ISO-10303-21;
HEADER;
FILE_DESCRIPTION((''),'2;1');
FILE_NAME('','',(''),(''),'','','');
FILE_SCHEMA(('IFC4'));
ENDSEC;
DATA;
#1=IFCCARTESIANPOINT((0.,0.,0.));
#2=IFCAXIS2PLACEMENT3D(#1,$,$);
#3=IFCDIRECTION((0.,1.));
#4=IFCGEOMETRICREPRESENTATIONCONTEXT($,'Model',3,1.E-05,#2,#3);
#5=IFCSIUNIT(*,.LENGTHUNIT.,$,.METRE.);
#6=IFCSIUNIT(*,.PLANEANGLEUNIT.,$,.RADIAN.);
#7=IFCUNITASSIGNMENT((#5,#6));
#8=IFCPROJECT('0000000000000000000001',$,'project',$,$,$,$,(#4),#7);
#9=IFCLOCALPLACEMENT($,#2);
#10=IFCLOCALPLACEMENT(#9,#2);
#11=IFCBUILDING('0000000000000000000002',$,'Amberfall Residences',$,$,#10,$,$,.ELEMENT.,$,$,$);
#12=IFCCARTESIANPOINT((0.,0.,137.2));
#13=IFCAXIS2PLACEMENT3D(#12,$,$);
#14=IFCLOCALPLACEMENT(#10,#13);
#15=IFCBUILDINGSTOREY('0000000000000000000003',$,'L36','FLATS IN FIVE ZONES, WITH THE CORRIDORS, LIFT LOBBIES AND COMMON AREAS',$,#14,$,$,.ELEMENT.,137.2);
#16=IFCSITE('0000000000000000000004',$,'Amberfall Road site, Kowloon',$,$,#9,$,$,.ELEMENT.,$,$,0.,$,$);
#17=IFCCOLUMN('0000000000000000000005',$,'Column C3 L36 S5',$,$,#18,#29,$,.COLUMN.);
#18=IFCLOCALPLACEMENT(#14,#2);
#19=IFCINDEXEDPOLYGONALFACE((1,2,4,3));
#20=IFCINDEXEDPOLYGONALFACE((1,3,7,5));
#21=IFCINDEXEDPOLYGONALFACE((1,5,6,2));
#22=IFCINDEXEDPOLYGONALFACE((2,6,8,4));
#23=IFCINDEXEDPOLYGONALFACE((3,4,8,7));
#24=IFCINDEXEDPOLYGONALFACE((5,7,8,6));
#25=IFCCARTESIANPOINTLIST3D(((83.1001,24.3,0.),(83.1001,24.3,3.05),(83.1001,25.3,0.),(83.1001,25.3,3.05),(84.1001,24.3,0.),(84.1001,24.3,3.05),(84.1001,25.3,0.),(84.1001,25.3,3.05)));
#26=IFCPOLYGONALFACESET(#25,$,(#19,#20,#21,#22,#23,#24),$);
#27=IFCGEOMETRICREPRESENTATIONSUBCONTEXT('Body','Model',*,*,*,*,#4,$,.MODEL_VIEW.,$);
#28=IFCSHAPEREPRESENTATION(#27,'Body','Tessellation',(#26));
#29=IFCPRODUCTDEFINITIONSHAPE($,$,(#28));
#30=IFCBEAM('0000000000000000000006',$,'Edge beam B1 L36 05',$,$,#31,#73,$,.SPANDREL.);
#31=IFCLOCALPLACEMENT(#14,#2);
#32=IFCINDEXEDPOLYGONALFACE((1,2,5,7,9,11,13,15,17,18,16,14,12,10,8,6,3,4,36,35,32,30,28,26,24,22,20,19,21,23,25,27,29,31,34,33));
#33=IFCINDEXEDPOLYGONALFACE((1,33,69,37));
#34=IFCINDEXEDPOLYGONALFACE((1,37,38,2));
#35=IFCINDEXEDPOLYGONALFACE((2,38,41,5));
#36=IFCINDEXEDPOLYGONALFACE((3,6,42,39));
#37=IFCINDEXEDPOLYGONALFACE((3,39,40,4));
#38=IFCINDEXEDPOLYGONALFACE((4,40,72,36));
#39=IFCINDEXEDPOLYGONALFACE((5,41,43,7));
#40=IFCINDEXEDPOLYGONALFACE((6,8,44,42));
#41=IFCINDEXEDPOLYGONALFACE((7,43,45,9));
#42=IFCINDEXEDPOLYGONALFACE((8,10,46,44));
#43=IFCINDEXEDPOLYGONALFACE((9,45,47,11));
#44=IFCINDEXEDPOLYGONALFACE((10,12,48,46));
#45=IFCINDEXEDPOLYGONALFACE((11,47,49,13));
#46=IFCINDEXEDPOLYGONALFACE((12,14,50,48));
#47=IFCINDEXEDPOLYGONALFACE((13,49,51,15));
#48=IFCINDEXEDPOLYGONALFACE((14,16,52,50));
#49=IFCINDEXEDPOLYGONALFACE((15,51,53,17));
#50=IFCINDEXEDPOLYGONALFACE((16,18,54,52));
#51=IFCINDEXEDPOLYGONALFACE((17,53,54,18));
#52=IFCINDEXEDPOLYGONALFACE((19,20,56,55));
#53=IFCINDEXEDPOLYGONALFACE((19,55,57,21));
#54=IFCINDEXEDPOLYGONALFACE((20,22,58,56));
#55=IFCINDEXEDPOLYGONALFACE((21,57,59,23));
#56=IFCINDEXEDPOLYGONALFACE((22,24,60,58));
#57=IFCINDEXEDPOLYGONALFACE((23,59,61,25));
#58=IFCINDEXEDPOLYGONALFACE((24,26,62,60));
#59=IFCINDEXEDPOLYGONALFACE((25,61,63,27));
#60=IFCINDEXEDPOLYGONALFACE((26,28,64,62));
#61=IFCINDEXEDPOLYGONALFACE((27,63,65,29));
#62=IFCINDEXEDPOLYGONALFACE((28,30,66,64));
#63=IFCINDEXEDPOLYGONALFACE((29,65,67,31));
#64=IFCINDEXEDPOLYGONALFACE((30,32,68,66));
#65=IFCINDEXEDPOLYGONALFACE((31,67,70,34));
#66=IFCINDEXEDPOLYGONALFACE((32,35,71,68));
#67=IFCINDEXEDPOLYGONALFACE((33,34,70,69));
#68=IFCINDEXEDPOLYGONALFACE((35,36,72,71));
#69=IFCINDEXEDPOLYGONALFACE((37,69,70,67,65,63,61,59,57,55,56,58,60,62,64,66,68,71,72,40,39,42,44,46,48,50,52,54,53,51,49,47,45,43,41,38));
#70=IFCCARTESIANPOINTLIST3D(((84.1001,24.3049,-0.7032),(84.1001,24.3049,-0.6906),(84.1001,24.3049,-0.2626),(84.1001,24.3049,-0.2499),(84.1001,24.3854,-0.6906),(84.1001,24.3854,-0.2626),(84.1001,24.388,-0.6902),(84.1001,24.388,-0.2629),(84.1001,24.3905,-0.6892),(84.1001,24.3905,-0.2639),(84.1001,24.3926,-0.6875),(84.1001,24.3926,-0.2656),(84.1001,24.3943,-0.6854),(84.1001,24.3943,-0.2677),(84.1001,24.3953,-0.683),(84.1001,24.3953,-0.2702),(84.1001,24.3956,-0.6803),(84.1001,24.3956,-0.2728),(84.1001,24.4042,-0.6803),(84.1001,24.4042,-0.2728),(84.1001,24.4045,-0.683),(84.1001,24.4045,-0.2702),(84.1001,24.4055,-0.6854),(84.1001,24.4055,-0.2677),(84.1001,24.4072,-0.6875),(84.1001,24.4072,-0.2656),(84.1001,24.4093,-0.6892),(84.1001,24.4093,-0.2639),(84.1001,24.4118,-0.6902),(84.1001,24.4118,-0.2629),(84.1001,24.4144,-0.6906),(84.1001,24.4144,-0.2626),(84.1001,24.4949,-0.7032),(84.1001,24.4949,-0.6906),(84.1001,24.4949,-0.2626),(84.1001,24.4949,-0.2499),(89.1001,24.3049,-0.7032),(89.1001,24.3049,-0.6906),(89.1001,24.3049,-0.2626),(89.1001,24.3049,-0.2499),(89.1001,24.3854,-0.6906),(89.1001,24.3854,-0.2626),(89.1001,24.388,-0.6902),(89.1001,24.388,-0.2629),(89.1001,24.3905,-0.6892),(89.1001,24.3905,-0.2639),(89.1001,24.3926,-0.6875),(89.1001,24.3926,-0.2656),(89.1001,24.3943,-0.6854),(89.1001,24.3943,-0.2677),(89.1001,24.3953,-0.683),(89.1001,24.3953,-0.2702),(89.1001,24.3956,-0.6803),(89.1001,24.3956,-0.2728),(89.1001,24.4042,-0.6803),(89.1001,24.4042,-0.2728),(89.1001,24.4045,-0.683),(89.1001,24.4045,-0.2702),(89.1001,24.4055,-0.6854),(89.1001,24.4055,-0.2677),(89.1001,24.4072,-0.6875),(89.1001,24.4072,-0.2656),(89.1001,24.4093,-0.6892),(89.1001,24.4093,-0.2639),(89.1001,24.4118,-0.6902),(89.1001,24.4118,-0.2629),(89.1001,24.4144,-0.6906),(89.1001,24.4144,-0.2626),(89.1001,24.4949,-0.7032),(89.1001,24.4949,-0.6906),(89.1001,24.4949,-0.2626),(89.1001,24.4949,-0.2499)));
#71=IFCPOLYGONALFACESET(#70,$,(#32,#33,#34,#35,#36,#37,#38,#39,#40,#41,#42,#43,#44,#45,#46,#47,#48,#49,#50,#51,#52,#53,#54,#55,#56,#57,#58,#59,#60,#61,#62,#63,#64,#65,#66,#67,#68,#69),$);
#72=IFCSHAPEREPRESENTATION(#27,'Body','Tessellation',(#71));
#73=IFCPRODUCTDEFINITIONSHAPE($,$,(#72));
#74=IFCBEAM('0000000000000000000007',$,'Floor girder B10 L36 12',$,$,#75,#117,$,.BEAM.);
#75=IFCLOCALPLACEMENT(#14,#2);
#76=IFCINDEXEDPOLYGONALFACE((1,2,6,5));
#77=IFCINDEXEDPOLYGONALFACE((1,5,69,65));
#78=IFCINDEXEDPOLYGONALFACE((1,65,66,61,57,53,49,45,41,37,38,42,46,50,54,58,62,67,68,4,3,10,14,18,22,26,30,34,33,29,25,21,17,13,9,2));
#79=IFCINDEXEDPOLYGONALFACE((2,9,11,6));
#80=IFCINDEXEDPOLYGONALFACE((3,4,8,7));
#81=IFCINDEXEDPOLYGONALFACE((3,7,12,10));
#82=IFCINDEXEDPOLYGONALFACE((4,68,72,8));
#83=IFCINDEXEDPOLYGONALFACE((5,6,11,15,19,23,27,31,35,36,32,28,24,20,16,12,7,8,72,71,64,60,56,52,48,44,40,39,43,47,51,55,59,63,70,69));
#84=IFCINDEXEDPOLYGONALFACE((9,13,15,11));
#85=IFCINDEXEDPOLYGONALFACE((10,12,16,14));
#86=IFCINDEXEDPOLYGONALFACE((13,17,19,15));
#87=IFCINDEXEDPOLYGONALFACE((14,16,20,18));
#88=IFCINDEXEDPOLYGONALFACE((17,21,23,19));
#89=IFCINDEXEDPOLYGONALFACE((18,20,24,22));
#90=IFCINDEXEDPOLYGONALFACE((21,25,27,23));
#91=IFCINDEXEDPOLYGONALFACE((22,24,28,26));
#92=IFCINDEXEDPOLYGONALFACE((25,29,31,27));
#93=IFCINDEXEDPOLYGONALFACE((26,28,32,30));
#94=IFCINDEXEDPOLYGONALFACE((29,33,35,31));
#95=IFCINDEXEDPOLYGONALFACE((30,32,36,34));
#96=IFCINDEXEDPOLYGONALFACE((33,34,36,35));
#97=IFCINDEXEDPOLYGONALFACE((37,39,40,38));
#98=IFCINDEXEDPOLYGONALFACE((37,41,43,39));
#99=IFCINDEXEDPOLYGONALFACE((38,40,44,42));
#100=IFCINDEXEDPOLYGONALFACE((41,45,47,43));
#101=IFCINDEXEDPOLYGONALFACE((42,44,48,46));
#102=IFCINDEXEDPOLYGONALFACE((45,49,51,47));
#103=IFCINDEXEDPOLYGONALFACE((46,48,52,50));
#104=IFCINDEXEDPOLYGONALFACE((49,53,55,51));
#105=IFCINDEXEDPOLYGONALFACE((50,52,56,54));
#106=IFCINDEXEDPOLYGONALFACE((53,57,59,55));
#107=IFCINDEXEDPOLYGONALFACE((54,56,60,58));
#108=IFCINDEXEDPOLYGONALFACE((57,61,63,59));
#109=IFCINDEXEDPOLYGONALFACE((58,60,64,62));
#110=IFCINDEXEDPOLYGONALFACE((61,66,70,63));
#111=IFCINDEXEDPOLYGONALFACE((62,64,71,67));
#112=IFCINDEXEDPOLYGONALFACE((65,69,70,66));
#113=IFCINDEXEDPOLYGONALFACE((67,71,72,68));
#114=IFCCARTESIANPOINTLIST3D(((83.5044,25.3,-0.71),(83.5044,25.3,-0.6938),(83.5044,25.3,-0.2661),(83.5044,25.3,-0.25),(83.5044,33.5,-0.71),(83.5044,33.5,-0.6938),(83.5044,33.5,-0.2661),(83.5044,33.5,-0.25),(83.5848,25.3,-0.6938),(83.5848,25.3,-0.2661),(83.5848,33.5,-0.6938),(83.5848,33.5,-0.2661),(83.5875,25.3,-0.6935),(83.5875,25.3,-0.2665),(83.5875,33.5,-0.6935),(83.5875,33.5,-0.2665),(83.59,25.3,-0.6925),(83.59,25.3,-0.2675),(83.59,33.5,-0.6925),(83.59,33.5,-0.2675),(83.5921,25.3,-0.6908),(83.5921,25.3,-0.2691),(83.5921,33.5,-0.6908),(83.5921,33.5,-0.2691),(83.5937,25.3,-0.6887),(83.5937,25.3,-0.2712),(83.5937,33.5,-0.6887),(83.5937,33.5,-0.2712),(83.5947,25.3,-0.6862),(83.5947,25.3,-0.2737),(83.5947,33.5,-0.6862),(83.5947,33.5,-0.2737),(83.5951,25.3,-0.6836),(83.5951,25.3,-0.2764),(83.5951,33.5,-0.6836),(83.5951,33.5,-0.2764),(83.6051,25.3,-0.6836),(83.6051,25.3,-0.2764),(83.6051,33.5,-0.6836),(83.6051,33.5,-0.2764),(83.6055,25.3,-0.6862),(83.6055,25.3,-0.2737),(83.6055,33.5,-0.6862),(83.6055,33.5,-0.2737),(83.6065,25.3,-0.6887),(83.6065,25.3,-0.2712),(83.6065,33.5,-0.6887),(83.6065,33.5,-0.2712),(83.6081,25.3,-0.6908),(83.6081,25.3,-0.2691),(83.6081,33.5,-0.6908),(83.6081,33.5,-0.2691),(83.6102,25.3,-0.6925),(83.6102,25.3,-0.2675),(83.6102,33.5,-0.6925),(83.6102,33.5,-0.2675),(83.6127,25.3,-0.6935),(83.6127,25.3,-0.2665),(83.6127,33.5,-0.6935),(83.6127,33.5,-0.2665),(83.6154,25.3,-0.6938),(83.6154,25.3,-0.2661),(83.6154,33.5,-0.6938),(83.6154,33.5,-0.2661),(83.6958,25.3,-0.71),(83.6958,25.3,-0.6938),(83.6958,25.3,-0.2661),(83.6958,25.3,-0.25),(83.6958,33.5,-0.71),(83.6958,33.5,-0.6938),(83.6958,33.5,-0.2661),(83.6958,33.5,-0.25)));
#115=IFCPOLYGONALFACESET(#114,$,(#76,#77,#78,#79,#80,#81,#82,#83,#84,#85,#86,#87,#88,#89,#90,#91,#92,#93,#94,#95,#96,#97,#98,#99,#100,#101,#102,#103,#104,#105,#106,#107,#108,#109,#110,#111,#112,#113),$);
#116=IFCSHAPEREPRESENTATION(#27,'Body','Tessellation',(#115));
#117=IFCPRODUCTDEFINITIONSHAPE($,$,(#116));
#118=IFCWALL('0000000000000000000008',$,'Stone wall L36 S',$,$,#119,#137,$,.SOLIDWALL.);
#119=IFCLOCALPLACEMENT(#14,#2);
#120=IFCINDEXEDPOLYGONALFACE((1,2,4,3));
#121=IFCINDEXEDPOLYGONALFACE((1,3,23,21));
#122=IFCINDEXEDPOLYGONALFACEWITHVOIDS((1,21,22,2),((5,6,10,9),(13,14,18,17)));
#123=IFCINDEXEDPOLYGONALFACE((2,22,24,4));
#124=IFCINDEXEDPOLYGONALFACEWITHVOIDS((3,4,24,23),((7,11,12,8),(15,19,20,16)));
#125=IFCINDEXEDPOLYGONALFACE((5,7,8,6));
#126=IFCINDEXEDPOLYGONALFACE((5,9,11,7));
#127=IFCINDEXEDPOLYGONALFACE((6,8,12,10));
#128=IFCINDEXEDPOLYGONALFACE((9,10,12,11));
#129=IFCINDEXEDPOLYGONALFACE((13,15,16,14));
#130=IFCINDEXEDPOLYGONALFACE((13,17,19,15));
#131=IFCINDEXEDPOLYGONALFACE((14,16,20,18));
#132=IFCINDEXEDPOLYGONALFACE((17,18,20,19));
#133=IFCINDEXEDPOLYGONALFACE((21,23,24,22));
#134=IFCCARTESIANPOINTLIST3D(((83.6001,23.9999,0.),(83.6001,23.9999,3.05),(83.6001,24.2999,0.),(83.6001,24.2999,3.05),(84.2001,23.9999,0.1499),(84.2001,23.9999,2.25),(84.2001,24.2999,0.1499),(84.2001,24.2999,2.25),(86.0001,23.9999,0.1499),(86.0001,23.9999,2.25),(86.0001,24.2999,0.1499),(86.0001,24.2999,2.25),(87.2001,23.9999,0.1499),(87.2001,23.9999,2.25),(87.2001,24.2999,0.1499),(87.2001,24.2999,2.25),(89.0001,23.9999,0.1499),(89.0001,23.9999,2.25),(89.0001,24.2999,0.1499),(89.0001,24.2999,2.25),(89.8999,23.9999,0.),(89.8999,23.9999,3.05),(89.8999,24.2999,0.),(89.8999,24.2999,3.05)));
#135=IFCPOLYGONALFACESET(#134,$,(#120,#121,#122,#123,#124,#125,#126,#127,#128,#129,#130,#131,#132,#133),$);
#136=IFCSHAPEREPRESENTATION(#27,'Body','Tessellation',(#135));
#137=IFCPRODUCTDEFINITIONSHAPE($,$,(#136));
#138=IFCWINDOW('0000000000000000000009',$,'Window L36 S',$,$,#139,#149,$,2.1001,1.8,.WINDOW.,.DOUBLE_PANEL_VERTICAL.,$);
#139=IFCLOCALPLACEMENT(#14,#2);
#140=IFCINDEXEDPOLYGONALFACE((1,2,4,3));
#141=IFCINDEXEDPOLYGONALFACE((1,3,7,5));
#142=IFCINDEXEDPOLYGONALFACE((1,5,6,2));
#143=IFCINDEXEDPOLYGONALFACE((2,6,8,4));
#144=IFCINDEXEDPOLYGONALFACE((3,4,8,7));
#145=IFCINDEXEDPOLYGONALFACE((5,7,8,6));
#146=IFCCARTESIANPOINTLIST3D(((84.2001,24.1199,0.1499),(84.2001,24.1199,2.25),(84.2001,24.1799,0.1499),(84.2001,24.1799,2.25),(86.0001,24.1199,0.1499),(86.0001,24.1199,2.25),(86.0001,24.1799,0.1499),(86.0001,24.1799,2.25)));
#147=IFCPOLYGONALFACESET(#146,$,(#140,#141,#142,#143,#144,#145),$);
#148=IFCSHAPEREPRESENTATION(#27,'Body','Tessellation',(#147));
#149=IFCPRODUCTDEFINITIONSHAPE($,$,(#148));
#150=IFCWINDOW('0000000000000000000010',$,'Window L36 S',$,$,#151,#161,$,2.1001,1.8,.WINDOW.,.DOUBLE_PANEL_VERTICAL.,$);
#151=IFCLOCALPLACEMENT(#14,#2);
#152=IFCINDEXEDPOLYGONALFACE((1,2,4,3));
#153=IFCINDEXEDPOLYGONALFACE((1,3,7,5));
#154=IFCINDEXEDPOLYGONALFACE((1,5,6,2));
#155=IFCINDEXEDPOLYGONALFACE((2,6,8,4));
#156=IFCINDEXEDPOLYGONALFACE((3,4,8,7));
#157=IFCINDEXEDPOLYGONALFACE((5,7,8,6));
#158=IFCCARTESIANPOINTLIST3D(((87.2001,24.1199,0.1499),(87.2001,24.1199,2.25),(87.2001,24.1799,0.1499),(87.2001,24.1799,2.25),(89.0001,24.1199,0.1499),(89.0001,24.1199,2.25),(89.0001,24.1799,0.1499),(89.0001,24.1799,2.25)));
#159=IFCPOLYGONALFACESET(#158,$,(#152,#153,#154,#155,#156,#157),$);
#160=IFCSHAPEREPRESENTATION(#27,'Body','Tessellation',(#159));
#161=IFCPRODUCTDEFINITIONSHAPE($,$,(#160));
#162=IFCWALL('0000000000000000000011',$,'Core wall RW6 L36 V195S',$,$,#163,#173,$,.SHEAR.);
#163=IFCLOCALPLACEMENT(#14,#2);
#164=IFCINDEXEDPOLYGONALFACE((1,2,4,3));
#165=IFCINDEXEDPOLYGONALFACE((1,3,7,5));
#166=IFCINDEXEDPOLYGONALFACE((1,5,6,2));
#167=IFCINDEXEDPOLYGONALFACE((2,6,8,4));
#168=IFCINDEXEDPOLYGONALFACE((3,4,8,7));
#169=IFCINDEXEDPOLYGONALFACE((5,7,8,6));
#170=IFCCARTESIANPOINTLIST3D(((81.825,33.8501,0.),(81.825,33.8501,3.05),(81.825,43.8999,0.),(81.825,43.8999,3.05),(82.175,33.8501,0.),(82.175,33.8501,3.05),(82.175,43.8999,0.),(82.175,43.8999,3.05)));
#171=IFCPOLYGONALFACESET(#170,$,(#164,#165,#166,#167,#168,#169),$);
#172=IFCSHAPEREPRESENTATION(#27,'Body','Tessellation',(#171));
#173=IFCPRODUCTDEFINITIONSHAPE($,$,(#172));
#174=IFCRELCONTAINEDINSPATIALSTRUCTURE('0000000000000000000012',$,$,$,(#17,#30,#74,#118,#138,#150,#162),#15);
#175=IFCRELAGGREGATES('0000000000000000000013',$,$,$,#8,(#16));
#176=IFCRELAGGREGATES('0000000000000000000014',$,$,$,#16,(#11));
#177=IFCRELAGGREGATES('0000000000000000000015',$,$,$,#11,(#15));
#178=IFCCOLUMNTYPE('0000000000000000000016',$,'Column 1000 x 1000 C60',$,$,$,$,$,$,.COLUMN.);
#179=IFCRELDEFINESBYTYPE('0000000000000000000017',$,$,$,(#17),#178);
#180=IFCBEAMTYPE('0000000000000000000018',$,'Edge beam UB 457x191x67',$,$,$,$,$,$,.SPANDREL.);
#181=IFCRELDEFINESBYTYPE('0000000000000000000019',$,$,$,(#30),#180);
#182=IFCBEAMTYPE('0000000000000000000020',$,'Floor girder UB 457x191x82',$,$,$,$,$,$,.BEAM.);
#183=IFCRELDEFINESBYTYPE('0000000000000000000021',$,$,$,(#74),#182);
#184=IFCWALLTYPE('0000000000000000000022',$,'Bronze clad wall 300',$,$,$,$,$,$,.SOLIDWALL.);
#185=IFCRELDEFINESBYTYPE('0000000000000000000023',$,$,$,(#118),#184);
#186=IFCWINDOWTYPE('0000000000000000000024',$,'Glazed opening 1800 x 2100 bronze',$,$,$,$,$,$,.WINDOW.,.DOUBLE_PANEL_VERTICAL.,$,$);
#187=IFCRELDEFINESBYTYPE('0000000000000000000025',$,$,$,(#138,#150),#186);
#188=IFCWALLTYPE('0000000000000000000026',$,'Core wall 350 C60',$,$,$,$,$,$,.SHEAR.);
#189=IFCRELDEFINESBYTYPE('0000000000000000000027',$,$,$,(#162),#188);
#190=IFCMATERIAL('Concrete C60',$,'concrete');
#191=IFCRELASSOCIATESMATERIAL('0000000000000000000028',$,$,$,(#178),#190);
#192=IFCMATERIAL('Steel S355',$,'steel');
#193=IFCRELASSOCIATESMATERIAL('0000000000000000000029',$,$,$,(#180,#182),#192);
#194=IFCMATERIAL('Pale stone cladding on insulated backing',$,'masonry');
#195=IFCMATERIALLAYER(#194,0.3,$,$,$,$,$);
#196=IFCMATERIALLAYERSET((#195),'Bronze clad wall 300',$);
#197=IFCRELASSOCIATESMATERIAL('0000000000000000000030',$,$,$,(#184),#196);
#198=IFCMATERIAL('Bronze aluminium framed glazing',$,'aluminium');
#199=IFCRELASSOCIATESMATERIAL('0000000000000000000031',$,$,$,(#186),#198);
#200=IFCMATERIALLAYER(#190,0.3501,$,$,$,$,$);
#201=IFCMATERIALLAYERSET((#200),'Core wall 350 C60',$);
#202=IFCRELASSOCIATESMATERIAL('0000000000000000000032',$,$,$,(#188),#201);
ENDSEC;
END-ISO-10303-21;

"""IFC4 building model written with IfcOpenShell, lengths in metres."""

from ifc_helpers import new_model, si_unit, direction, frame, frame_2d, origin, origin_2d, place, context, subcontext, project, spatial, rectangle, i_section, extrude, material, layer, layer_set, material_profile, profile_set, type_object, element, fill, save


model = new_model("IFC4")

# Units and contexts
model_context = context("Model", 3, precision=1e-05, world=origin(), true_north=direction((0.0, 1.0)))
body_context = subcontext(model_context, "Body", "Model", "MODEL_VIEW")
ifc_project = project(units=[si_unit("LENGTHUNIT", "METRE"), si_unit("PLANEANGLEUNIT", "RADIAN")], contexts=[model_context])

# Site, building, storey
site_placement = place(None, origin())
site = spatial("IfcSite", under=ifc_project, at=site_placement, Name="Amberfall Road site, Kowloon", CompositionType="ELEMENT", RefElevation=0.0)
building_placement = place(site_placement, origin())
building = spatial("IfcBuilding", under=site, at=building_placement, Name="Amberfall Residences", CompositionType="ELEMENT")
storey_placement = place(building_placement, frame((0.0, 0.0, 137.2)))
storey = spatial("IfcBuildingStorey", under=building, at=storey_placement, Name="L36", Description="FLATS IN FIVE ZONES, WITH THE CORRIDORS, LIFT LOBBIES AND COMMON AREAS", CompositionType="ELEMENT", Elevation=137.2)

# Column
ifc_material_1 = material(Name="Concrete C60", Category="concrete")
ifc_material_profile_1 = material_profile(ifc_material_1, rectangle(XDim=1.0, YDim=1.0, at=origin_2d()), Name="Column 1000 x 1000 C60")
ifc_profile_set_1 = profile_set([ifc_material_profile_1], Name="Concrete C60")
column_type = type_object("IfcColumnType", Name="Column 1000 x 1000 C60", PredefinedType="COLUMN", material=ifc_profile_set_1)
column_placement = place(storey_placement, frame((83.6001, 24.8, 0.0), z_axis=(0.0, 0.0, 1.0), x_axis=(1.0, 0.0, 0.0)))
element("IfcColumn", 1, at=column_placement, inside=storey, type_object=column_type, Name="Column C3 L36 S5", PredefinedType="COLUMN", context=body_context, shape_type="SweptSolid", body=[
    extrude(rectangle(XDim=1.0, YDim=1.0, at=origin_2d()), origin(), (0.0, 0.0, 1.0), 3.05),
])

# Beams
ifc_material_2 = material(Name="Steel S355", Category="steel")
ifc_material_profile_2 = material_profile(ifc_material_2, i_section(OverallWidth=0.1899, OverallDepth=0.4534, WebThickness=0.0085, FlangeThickness=0.0127, FilletRadius=0.0103, at=origin_2d()), Name="UB 457x191x67")
ifc_profile_set_2 = profile_set([ifc_material_profile_2], Name="Steel S355")
beam_type_1 = type_object("IfcBeamType", Name="Edge beam UB 457x191x67", PredefinedType="SPANDREL", material=ifc_profile_set_2)
beam_1_placement = place(storey_placement, frame((84.1001, 24.3999, -0.4766), z_axis=(1.0, 0.0, 0.0), x_axis=(0.0, 1.0, 0.0)))
element("IfcBeam", 2, at=beam_1_placement, inside=storey, type_object=beam_type_1, Name="Edge beam B1 L36 05", PredefinedType="SPANDREL", context=body_context, shape_type="SweptSolid", body=[
    extrude(i_section(OverallWidth=0.1899, OverallDepth=0.4534, WebThickness=0.0085, FlangeThickness=0.0127, FilletRadius=0.0103, at=origin_2d()), origin(), (0.0, 0.0, 1.0), 5.0),
])
ifc_material_profile_3 = material_profile(ifc_material_2, i_section(OverallWidth=0.1914, OverallDepth=0.46, WebThickness=0.01, FlangeThickness=0.0161, FilletRadius=0.0103, at=origin_2d()), Name="UB 457x191x82")
ifc_profile_set_3 = profile_set([ifc_material_profile_3], Name="Steel S355")
beam_type_2 = type_object("IfcBeamType", Name="Floor girder UB 457x191x82", PredefinedType="BEAM", material=ifc_profile_set_3)
beam_2_placement = place(storey_placement, frame((83.6001, 25.3, -0.48), z_axis=(0.0, 1.0, 0.0), x_axis=(-1.0, 0.0, 0.0)))
element("IfcBeam", 3, at=beam_2_placement, inside=storey, type_object=beam_type_2, Name="Floor girder B10 L36 12", PredefinedType="BEAM", context=body_context, shape_type="SweptSolid", body=[
    extrude(i_section(OverallWidth=0.1914, OverallDepth=0.46, WebThickness=0.01, FlangeThickness=0.0161, FilletRadius=0.0103, at=origin_2d()), origin(), (0.0, 0.0, 1.0), 8.2),
])

# Wall, openings, windows
ifc_material_3 = material(Name="Pale stone cladding on insulated backing", Category="masonry")
ifc_layer_1 = layer(ifc_material_3, 0.3)
ifc_layer_set_1 = layer_set([ifc_layer_1], Name="Bronze clad wall 300")
wall_type_1 = type_object("IfcWallType", Name="Bronze clad wall 300", PredefinedType="SOLIDWALL", material=ifc_layer_set_1)
wall_1_placement = place(storey_placement, frame((83.6001, 24.1499, 0.0), z_axis=(0.0, 0.0, 1.0), x_axis=(1.0, 0.0, 0.0)))
wall_1 = element("IfcWall", 4, at=wall_1_placement, inside=storey, type_object=wall_type_1, Name="Stone wall L36 S", PredefinedType="SOLIDWALL", context=body_context, shape_type="SweptSolid", body=[
    extrude(rectangle(XDim=6.2998, YDim=0.3, at=frame_2d((3.1499, 0.0))), origin(), (0.0, 0.0, 1.0), 3.05),
])
opening_1_placement = place(wall_1_placement, frame((0.6001, 0.0, 0.1499)))
opening_1 = element("IfcOpeningElement", 5, at=opening_1_placement, cuts=wall_1, PredefinedType="OPENING", context=body_context, shape_type="SweptSolid", body=[
    extrude(rectangle(XDim=1.8, YDim=2.1001, at=frame_2d((0.8999, 1.05))), frame((0.0, 0.1599, 0.0), z_axis=(0.0, -1.0, 0.0), x_axis=(1.0, 0.0, 0.0)), (0.0, 0.0, 1.0), 0.3201),
])
opening_2_placement = place(wall_1_placement, frame((3.6001, 0.0, 0.1499)))
opening_2 = element("IfcOpeningElement", 6, at=opening_2_placement, cuts=wall_1, PredefinedType="OPENING", context=body_context, shape_type="SweptSolid", body=[
    extrude(rectangle(XDim=1.8, YDim=2.1001, at=frame_2d((0.8999, 1.05))), frame((0.0, 0.1599, 0.0), z_axis=(0.0, -1.0, 0.0), x_axis=(1.0, 0.0, 0.0)), (0.0, 0.0, 1.0), 0.3201),
])
ifc_material_4 = material(Name="Bronze aluminium framed glazing", Category="aluminium")
window_type = type_object("IfcWindowType", Name="Glazed opening 1800 x 2100 bronze", PartitioningType="DOUBLE_PANEL_VERTICAL", PredefinedType="WINDOW", material=ifc_material_4)
window_1_placement = place(opening_1_placement, origin())
window_1 = element("IfcWindow", 7, at=window_1_placement, inside=storey, type_object=window_type, Name="Window L36 S", OverallHeight=2.1001, OverallWidth=1.8, PartitioningType="DOUBLE_PANEL_VERTICAL", PredefinedType="WINDOW", context=body_context, shape_type="SweptSolid", body=[
    extrude(rectangle(XDim=1.8, YDim=2.1001, at=frame_2d((0.8999, 1.05))), frame((0.0, 0.03, 0.0), z_axis=(0.0, -1.0, 0.0), x_axis=(1.0, 0.0, 0.0)), (0.0, 0.0, 1.0), 0.0601),
])
fill(opening_1, window_1)
window_2_placement = place(opening_2_placement, origin())
window_2 = element("IfcWindow", 8, at=window_2_placement, inside=storey, type_object=window_type, Name="Window L36 S", OverallHeight=2.1001, OverallWidth=1.8, PartitioningType="DOUBLE_PANEL_VERTICAL", PredefinedType="WINDOW", context=body_context, shape_type="SweptSolid", body=[
    extrude(rectangle(XDim=1.8, YDim=2.1001, at=frame_2d((0.8999, 1.05))), frame((0.0, 0.03, 0.0), z_axis=(0.0, -1.0, 0.0), x_axis=(1.0, 0.0, 0.0)), (0.0, 0.0, 1.0), 0.0601),
])
fill(opening_2, window_2)

# Wall
ifc_layer_2 = layer(ifc_material_1, 0.3501)
ifc_layer_set_2 = layer_set([ifc_layer_2], Name="Core wall 350 C60")
wall_type_2 = type_object("IfcWallType", Name="Core wall 350 C60", PredefinedType="SHEAR", material=ifc_layer_set_2)
wall_2_placement = place(storey_placement, frame((82.0, 33.8501, 0.0), z_axis=(0.0, 0.0, 1.0), x_axis=(0.0, 1.0, 0.0)))
element("IfcWall", 9, at=wall_2_placement, inside=storey, type_object=wall_type_2, Name="Core wall RW6 L36 V195S", PredefinedType="SHEAR", context=body_context, shape_type="SweptSolid", body=[
    extrude(rectangle(XDim=10.0498, YDim=0.3501, at=frame_2d((5.0249, 0.0))), origin(), (0.0, 0.0, 1.0), 3.05),
])

save(model, "model.ifc")
